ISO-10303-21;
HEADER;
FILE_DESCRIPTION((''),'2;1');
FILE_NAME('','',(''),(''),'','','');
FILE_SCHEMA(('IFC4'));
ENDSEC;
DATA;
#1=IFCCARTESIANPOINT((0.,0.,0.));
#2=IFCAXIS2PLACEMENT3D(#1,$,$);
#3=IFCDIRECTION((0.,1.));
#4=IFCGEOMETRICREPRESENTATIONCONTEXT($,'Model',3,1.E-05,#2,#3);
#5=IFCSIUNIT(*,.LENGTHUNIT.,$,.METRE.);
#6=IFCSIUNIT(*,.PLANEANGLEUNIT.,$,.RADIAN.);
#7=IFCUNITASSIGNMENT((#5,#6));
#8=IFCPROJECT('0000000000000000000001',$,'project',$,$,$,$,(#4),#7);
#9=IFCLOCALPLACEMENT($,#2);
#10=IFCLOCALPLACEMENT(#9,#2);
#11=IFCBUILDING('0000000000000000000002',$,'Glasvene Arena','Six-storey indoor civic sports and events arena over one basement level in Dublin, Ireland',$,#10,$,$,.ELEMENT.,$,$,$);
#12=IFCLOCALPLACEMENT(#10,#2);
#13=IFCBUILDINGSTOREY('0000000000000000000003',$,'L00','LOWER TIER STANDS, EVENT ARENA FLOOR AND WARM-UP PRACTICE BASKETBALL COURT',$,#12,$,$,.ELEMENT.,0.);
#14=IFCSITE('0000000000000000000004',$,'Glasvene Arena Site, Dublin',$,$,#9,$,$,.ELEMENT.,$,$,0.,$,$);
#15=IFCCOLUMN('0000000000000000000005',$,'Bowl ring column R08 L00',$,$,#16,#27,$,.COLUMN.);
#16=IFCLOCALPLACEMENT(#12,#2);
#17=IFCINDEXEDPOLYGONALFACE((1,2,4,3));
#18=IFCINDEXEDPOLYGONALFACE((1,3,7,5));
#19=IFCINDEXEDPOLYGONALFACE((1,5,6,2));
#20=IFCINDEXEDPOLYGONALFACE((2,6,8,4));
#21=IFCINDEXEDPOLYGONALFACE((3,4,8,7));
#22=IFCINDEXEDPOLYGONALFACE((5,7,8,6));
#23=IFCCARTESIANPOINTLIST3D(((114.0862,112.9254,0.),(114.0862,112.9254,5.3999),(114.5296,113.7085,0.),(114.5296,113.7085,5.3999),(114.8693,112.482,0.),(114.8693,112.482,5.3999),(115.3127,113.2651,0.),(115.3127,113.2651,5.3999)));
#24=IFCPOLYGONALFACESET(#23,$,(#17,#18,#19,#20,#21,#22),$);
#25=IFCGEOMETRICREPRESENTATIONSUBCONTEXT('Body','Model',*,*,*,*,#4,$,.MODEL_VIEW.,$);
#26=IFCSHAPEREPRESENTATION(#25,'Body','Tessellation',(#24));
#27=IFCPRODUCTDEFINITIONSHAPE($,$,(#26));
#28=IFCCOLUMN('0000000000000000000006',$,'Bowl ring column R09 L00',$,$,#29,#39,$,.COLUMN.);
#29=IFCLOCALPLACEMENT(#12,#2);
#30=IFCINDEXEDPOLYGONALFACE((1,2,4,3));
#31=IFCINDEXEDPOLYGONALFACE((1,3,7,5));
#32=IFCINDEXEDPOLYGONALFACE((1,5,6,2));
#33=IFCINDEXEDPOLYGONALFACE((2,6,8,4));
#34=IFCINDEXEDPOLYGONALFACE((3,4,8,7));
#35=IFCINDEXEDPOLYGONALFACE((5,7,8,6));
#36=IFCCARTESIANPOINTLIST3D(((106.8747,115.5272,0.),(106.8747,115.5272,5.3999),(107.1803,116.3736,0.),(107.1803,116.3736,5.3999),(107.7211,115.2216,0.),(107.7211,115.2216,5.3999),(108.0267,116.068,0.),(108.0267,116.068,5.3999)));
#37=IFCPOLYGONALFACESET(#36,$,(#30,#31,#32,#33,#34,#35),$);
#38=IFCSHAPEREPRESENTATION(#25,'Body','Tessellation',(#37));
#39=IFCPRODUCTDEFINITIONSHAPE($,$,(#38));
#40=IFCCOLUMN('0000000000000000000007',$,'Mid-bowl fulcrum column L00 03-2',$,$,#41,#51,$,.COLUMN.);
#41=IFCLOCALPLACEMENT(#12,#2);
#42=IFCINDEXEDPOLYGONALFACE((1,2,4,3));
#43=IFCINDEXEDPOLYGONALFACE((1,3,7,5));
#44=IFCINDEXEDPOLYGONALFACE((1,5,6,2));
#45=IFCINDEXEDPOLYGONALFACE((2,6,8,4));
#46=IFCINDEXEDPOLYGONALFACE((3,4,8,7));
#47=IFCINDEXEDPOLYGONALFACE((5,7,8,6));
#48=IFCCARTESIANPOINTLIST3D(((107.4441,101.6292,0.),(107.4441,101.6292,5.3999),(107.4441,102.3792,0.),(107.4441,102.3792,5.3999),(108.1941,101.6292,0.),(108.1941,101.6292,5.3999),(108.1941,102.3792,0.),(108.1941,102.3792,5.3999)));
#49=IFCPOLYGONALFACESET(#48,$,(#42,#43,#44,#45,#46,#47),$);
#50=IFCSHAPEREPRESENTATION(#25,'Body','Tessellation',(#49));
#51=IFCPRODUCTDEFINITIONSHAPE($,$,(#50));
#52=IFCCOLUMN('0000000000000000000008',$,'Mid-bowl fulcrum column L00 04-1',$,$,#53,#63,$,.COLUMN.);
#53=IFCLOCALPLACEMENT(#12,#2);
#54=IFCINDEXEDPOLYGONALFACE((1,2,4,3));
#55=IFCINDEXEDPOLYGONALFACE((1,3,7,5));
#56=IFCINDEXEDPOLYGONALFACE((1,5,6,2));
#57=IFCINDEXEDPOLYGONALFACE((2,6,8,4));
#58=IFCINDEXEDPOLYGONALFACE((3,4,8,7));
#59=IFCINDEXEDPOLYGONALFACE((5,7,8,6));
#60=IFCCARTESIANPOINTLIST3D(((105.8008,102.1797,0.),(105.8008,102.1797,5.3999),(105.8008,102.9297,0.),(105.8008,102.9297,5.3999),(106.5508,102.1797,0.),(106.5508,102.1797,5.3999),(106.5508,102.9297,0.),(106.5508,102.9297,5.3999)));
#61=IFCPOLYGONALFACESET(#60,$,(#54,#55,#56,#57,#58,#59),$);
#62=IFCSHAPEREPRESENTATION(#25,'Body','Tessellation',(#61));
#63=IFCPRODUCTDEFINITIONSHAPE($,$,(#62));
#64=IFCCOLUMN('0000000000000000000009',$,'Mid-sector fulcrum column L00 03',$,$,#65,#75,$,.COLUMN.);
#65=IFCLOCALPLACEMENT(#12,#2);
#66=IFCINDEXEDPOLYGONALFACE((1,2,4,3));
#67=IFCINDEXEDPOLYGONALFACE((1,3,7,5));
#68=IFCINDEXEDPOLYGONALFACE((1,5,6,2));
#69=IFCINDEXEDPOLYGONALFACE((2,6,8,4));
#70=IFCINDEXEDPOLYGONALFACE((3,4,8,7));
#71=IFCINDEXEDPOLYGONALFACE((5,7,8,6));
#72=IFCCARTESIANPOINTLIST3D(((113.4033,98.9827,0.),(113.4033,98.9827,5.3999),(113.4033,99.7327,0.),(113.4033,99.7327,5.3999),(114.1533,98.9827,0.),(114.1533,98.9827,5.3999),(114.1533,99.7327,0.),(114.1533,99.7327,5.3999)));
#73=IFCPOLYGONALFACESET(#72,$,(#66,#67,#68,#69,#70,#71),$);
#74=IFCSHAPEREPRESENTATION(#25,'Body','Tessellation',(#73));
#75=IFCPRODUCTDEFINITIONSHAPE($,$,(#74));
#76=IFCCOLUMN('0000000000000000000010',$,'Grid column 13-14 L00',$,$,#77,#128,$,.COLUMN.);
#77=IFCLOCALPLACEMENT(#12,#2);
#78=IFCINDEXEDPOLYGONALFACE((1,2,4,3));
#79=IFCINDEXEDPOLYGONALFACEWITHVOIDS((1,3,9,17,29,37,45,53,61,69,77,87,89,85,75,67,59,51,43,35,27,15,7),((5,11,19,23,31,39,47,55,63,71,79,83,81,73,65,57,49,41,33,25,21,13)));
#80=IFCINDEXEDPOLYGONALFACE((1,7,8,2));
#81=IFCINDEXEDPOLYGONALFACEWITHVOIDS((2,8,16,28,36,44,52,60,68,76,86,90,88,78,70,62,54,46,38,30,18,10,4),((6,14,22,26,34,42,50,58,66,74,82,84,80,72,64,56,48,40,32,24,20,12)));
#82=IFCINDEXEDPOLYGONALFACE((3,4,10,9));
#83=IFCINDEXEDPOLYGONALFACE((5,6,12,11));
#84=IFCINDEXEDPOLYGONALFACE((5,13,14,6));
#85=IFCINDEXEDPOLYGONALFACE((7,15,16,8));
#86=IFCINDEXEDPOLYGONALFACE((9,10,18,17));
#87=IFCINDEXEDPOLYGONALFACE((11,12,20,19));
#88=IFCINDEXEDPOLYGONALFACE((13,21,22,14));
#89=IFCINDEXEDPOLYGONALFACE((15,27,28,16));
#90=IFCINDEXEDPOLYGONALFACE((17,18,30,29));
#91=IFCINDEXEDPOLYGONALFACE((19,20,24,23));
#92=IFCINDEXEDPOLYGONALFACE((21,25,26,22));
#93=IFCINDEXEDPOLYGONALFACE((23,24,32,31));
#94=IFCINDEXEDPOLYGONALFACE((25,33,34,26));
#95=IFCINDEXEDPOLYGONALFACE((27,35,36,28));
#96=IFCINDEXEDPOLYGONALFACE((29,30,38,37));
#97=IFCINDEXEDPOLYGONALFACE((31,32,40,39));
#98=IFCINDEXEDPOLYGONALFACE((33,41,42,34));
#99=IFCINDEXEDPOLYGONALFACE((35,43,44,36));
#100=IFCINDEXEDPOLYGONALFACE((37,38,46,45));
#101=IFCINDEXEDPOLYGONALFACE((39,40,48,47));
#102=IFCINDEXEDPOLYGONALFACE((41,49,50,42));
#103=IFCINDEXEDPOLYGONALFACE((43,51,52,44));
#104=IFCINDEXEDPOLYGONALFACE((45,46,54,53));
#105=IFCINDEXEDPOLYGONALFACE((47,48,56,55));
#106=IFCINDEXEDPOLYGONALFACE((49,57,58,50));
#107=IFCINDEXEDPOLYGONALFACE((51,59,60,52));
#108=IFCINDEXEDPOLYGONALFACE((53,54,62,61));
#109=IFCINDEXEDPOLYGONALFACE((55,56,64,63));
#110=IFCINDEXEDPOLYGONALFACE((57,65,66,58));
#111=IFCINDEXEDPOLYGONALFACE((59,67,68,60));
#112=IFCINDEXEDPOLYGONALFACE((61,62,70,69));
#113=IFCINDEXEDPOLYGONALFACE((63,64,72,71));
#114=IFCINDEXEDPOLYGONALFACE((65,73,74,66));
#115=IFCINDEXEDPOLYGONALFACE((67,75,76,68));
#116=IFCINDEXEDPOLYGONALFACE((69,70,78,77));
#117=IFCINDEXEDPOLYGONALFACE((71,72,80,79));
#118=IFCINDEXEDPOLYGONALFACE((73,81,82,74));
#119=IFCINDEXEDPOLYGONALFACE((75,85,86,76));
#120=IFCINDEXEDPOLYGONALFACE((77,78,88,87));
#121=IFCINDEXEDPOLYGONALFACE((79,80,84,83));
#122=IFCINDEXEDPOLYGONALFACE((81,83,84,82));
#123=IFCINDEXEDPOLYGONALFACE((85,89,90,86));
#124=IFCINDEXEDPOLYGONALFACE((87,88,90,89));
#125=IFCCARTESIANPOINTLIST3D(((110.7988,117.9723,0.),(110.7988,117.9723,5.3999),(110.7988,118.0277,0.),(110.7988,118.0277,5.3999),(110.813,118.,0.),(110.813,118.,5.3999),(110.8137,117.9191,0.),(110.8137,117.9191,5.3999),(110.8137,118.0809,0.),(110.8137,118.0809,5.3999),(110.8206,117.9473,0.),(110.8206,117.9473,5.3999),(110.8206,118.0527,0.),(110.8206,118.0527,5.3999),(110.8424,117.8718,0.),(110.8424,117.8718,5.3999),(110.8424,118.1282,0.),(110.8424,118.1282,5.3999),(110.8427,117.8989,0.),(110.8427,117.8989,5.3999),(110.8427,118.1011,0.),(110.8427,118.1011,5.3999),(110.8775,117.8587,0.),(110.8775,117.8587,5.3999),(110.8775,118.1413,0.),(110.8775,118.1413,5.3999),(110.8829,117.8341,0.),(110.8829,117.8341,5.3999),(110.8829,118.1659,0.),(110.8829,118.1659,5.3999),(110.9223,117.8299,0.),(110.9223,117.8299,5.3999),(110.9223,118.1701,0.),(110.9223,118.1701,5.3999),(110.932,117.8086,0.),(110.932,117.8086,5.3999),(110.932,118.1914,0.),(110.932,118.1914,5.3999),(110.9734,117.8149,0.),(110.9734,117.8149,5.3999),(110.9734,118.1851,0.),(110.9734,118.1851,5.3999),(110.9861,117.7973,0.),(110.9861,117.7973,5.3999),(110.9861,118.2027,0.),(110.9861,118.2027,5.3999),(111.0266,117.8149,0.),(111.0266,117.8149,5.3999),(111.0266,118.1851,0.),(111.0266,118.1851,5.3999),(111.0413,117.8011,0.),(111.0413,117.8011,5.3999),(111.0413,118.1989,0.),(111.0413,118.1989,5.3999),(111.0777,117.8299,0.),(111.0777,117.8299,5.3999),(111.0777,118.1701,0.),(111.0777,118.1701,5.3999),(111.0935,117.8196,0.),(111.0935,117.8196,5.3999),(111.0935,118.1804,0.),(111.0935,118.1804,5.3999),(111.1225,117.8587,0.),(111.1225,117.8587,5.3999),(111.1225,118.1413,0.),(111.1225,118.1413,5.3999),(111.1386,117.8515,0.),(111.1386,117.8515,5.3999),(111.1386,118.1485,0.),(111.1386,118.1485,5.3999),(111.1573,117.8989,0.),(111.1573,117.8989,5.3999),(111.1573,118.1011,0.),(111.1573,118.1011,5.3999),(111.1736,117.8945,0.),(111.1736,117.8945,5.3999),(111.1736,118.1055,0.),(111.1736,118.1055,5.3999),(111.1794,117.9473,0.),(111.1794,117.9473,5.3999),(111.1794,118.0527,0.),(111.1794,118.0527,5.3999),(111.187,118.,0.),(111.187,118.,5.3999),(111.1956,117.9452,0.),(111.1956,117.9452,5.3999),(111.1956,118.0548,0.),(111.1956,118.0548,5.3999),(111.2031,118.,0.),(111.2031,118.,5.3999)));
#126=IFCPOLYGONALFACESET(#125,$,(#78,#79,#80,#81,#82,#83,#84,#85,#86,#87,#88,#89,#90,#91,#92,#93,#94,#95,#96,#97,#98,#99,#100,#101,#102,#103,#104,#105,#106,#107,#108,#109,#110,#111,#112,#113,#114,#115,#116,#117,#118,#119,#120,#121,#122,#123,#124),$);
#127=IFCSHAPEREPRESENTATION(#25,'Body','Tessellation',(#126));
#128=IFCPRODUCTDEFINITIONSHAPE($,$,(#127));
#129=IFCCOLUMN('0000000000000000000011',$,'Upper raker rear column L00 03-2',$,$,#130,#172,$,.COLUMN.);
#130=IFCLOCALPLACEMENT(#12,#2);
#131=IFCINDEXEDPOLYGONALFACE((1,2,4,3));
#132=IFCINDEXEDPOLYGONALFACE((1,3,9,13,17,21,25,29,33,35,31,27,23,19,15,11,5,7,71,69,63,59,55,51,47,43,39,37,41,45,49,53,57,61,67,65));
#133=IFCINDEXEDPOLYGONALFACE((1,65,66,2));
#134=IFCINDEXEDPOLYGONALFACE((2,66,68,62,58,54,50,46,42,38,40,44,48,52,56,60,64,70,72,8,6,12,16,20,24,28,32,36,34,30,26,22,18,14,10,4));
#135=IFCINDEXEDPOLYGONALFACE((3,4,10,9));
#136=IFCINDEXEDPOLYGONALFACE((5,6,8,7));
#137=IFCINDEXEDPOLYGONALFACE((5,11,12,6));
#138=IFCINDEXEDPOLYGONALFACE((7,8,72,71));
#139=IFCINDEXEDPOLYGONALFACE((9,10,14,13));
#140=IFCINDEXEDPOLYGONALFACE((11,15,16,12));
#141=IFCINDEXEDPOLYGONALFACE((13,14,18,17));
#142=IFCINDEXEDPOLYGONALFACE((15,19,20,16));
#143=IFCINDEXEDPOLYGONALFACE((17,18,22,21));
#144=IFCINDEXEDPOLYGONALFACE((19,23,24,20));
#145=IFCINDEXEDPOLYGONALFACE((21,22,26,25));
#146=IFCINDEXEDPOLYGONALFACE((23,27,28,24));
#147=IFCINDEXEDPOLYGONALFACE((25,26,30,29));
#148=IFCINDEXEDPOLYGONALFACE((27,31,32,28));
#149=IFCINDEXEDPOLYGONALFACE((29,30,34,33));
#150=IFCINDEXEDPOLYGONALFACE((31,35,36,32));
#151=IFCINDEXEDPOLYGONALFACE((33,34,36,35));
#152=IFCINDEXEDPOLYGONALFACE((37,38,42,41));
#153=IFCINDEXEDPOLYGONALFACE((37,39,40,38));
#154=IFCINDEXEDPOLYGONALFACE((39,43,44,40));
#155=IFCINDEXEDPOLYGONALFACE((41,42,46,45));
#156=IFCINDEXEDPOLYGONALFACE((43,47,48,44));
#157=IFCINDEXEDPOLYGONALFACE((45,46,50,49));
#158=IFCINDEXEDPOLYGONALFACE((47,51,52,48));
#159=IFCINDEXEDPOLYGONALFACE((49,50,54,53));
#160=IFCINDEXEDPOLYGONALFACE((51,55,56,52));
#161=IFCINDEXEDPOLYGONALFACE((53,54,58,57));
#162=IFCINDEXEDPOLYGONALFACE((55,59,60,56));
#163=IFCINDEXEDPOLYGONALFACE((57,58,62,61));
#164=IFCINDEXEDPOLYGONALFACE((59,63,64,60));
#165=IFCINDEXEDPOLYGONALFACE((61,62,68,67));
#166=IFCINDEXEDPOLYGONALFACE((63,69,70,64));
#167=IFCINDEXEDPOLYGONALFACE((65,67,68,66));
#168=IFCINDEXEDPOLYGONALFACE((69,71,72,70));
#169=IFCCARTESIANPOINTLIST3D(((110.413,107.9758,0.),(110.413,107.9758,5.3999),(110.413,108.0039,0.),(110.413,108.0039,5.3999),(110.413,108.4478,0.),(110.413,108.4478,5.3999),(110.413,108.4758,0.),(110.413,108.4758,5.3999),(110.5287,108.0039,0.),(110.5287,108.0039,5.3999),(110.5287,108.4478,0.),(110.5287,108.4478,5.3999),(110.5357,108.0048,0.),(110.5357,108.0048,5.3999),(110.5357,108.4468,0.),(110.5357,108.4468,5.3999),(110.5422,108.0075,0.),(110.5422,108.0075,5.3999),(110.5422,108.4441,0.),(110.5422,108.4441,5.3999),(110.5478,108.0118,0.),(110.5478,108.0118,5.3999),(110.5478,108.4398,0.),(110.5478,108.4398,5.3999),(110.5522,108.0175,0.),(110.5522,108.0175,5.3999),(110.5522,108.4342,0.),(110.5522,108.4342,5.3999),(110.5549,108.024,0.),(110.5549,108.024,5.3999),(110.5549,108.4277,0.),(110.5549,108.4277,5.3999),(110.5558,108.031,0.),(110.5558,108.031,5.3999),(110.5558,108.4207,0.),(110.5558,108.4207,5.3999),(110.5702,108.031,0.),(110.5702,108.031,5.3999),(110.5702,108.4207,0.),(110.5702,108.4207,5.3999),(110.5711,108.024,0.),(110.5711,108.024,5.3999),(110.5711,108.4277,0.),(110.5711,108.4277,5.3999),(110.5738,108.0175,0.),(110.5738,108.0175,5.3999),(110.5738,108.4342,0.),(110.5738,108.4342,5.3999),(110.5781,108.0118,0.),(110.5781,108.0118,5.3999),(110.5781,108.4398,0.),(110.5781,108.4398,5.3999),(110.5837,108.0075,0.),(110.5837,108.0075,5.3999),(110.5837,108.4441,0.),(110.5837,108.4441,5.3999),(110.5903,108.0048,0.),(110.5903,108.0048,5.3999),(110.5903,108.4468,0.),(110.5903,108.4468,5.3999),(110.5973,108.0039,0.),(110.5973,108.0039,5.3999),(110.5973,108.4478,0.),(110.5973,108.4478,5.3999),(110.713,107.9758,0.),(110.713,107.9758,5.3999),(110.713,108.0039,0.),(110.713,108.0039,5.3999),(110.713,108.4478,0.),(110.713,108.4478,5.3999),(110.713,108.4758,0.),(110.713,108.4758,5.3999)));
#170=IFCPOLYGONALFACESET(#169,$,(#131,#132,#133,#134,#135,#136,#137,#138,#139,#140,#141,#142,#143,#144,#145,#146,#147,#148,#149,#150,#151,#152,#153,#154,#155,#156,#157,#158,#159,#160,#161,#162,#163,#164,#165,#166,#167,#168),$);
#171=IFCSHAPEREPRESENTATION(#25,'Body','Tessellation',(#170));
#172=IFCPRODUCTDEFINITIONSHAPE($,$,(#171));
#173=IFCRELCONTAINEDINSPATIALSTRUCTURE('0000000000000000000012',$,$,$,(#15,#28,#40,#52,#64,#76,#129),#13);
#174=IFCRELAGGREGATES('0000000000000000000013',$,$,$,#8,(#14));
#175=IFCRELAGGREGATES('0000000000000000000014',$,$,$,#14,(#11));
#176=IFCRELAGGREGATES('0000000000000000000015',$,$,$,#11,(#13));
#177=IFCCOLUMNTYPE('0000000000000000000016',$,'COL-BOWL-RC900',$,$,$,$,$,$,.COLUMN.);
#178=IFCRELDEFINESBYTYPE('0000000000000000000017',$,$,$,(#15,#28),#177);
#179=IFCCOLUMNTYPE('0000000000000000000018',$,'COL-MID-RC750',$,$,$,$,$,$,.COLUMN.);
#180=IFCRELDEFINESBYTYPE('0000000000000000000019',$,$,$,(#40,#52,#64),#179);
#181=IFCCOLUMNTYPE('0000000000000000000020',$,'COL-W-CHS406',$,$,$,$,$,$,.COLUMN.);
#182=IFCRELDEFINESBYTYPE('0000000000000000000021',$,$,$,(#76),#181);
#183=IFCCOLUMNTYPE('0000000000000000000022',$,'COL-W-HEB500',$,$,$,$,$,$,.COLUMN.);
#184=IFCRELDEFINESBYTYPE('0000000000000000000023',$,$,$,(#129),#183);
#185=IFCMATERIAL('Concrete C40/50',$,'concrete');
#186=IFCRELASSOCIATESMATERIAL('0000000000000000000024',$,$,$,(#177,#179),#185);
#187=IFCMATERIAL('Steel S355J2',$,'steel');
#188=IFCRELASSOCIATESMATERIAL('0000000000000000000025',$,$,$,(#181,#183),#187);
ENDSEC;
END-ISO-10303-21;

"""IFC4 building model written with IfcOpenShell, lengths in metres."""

from ifc_helpers import new_model, si_unit, direction, frame, origin, origin_2d, place, context, subcontext, project, spatial, rectangle, hollow_circle, i_section, extrude, material, material_profile, profile_set, type_object, element, save


model = new_model("IFC4")

# Units and contexts
model_context = context("Model", 3, precision=1e-05, world=origin(), true_north=direction((0.0, 1.0)))
body_context = subcontext(model_context, "Body", "Model", "MODEL_VIEW")
ifc_project = project(units=[si_unit("LENGTHUNIT", "METRE"), si_unit("PLANEANGLEUNIT", "RADIAN")], contexts=[model_context])

# Site, building, storey
site_placement = place(None, origin())
site = spatial("IfcSite", under=ifc_project, at=site_placement, Name="Glasvene Arena Site, Dublin", CompositionType="ELEMENT", RefElevation=0.0)
building_placement = place(site_placement, origin())
building = spatial("IfcBuilding", under=site, at=building_placement, Name="Glasvene Arena", Description="Six-storey indoor civic sports and events arena over one basement level in Dublin, Ireland", CompositionType="ELEMENT")
storey_placement = place(building_placement, origin())
storey = spatial("IfcBuildingStorey", under=building, at=storey_placement, Name="L00", Description="LOWER TIER STANDS, EVENT ARENA FLOOR AND WARM-UP PRACTICE BASKETBALL COURT", CompositionType="ELEMENT", Elevation=0.0)

# Columns
ifc_material_1 = material(Name="Concrete C40/50", Category="concrete")
ifc_material_profile_1 = material_profile(ifc_material_1, rectangle(XDim=0.8999, YDim=0.8999, at=origin_2d()), Name="RC 900x900")
ifc_profile_set_1 = profile_set([ifc_material_profile_1], Name="Concrete C40/50")
column_type_1 = type_object("IfcColumnType", Name="COL-BOWL-RC900", PredefinedType="COLUMN", material=ifc_profile_set_1)
for number, where, z_axis, x_axis, name in (
    (1, (114.6995, 113.0952, 0.0), (0.0, 0.0, 1.0), (0.492727, 0.870184, 0.0), "Bowl ring column R08 L00"),
    (2, (107.4507, 115.7976, 0.0), (0.0, 0.0, 1.0), (0.339559, 0.940585, 0.0), "Bowl ring column R09 L00"),
):
    element("IfcColumn", number, at=place(storey_placement, frame(where, z_axis=z_axis, x_axis=x_axis)), inside=storey, type_object=column_type_1, Name=name, PredefinedType="COLUMN", context=body_context, shape_type="SweptSolid", body=[
        extrude(rectangle(XDim=0.8999, YDim=0.8999, at=origin_2d()), origin(), (0.0, 0.0, 1.0), 5.3999),
    ])
ifc_material_profile_2 = material_profile(ifc_material_1, rectangle(XDim=0.75, YDim=0.75, at=origin_2d()), Name="RC 750x750")
ifc_profile_set_2 = profile_set([ifc_material_profile_2], Name="Concrete C40/50")
column_type_2 = type_object("IfcColumnType", Name="COL-MID-RC750", PredefinedType="COLUMN", material=ifc_profile_set_2)
for number, where, z_axis, x_axis, name in (
    (3, (107.8191, 102.0042, 0.0), (0.0, 0.0, 1.0), (1.0, 0.0, 0.0), "Mid-bowl fulcrum column L00 03-2"),
    (4, (106.1758, 102.5547, 0.0), (0.0, 0.0, 1.0), (1.0, 0.0, 0.0), "Mid-bowl fulcrum column L00 04-1"),
    (5, (113.7783, 99.3577, 0.0), (0.0, 0.0, 1.0), (1.0, 0.0, 0.0), "Mid-sector fulcrum column L00 03"),
):
    element("IfcColumn", number, at=place(storey_placement, frame(where, z_axis=z_axis, x_axis=x_axis)), inside=storey, type_object=column_type_2, Name=name, PredefinedType="COLUMN", context=body_context, shape_type="SweptSolid", body=[
        extrude(rectangle(XDim=0.75, YDim=0.75, at=origin_2d()), origin(), (0.0, 0.0, 1.0), 5.3999),
    ])
ifc_material_2 = material(Name="Steel S355J2", Category="steel")
ifc_material_profile_3 = material_profile(ifc_material_2, hollow_circle(Radius=0.2031, WallThickness=0.0161, at=origin_2d()), Name="CHS 406.4x16.0")
ifc_profile_set_3 = profile_set([ifc_material_profile_3], Name="Steel S355J2")
column_type_3 = type_object("IfcColumnType", Name="COL-W-CHS406", PredefinedType="COLUMN", material=ifc_profile_set_3)
column_placement = place(storey_placement, frame((111.0, 118.0, 0.0), z_axis=(0.0, 0.0, 1.0), x_axis=(1.0, 0.0, 0.0)))
element("IfcColumn", 6, at=column_placement, inside=storey, type_object=column_type_3, Name="Grid column 13-14 L00", PredefinedType="COLUMN", context=body_context, shape_type="SweptSolid", body=[
    extrude(hollow_circle(Radius=0.2031, WallThickness=0.0161, at=origin_2d()), origin(), (0.0, 0.0, 1.0), 5.3999),
])
ifc_material_profile_4 = material_profile(ifc_material_2, i_section(OverallWidth=0.3, OverallDepth=0.5, WebThickness=0.0144, FlangeThickness=0.0281, FilletRadius=0.0271, at=origin_2d()), Name="HEB 500")
ifc_profile_set_4 = profile_set([ifc_material_profile_4], Name="Steel S355J2")
column_type_4 = type_object("IfcColumnType", Name="COL-W-HEB500", PredefinedType="COLUMN", material=ifc_profile_set_4)
for number, where, z_axis, x_axis, name in (
    (7, (110.563, 108.2258, 0.0), (0.0, 0.0, 1.0), (1.0, 0.0, 0.0), "Upper raker rear column L00 03-2"),
):
    element("IfcColumn", number, at=place(storey_placement, frame(where, z_axis=z_axis, x_axis=x_axis)), inside=storey, type_object=column_type_4, Name=name, PredefinedType="COLUMN", context=body_context, shape_type="SweptSolid", body=[
        extrude(i_section(OverallWidth=0.3, OverallDepth=0.5, WebThickness=0.0144, FlangeThickness=0.0281, FilletRadius=0.0271, at=origin_2d()), origin(), (0.0, 0.0, 1.0), 5.3999),
    ])

save(model, "model.ifc")
